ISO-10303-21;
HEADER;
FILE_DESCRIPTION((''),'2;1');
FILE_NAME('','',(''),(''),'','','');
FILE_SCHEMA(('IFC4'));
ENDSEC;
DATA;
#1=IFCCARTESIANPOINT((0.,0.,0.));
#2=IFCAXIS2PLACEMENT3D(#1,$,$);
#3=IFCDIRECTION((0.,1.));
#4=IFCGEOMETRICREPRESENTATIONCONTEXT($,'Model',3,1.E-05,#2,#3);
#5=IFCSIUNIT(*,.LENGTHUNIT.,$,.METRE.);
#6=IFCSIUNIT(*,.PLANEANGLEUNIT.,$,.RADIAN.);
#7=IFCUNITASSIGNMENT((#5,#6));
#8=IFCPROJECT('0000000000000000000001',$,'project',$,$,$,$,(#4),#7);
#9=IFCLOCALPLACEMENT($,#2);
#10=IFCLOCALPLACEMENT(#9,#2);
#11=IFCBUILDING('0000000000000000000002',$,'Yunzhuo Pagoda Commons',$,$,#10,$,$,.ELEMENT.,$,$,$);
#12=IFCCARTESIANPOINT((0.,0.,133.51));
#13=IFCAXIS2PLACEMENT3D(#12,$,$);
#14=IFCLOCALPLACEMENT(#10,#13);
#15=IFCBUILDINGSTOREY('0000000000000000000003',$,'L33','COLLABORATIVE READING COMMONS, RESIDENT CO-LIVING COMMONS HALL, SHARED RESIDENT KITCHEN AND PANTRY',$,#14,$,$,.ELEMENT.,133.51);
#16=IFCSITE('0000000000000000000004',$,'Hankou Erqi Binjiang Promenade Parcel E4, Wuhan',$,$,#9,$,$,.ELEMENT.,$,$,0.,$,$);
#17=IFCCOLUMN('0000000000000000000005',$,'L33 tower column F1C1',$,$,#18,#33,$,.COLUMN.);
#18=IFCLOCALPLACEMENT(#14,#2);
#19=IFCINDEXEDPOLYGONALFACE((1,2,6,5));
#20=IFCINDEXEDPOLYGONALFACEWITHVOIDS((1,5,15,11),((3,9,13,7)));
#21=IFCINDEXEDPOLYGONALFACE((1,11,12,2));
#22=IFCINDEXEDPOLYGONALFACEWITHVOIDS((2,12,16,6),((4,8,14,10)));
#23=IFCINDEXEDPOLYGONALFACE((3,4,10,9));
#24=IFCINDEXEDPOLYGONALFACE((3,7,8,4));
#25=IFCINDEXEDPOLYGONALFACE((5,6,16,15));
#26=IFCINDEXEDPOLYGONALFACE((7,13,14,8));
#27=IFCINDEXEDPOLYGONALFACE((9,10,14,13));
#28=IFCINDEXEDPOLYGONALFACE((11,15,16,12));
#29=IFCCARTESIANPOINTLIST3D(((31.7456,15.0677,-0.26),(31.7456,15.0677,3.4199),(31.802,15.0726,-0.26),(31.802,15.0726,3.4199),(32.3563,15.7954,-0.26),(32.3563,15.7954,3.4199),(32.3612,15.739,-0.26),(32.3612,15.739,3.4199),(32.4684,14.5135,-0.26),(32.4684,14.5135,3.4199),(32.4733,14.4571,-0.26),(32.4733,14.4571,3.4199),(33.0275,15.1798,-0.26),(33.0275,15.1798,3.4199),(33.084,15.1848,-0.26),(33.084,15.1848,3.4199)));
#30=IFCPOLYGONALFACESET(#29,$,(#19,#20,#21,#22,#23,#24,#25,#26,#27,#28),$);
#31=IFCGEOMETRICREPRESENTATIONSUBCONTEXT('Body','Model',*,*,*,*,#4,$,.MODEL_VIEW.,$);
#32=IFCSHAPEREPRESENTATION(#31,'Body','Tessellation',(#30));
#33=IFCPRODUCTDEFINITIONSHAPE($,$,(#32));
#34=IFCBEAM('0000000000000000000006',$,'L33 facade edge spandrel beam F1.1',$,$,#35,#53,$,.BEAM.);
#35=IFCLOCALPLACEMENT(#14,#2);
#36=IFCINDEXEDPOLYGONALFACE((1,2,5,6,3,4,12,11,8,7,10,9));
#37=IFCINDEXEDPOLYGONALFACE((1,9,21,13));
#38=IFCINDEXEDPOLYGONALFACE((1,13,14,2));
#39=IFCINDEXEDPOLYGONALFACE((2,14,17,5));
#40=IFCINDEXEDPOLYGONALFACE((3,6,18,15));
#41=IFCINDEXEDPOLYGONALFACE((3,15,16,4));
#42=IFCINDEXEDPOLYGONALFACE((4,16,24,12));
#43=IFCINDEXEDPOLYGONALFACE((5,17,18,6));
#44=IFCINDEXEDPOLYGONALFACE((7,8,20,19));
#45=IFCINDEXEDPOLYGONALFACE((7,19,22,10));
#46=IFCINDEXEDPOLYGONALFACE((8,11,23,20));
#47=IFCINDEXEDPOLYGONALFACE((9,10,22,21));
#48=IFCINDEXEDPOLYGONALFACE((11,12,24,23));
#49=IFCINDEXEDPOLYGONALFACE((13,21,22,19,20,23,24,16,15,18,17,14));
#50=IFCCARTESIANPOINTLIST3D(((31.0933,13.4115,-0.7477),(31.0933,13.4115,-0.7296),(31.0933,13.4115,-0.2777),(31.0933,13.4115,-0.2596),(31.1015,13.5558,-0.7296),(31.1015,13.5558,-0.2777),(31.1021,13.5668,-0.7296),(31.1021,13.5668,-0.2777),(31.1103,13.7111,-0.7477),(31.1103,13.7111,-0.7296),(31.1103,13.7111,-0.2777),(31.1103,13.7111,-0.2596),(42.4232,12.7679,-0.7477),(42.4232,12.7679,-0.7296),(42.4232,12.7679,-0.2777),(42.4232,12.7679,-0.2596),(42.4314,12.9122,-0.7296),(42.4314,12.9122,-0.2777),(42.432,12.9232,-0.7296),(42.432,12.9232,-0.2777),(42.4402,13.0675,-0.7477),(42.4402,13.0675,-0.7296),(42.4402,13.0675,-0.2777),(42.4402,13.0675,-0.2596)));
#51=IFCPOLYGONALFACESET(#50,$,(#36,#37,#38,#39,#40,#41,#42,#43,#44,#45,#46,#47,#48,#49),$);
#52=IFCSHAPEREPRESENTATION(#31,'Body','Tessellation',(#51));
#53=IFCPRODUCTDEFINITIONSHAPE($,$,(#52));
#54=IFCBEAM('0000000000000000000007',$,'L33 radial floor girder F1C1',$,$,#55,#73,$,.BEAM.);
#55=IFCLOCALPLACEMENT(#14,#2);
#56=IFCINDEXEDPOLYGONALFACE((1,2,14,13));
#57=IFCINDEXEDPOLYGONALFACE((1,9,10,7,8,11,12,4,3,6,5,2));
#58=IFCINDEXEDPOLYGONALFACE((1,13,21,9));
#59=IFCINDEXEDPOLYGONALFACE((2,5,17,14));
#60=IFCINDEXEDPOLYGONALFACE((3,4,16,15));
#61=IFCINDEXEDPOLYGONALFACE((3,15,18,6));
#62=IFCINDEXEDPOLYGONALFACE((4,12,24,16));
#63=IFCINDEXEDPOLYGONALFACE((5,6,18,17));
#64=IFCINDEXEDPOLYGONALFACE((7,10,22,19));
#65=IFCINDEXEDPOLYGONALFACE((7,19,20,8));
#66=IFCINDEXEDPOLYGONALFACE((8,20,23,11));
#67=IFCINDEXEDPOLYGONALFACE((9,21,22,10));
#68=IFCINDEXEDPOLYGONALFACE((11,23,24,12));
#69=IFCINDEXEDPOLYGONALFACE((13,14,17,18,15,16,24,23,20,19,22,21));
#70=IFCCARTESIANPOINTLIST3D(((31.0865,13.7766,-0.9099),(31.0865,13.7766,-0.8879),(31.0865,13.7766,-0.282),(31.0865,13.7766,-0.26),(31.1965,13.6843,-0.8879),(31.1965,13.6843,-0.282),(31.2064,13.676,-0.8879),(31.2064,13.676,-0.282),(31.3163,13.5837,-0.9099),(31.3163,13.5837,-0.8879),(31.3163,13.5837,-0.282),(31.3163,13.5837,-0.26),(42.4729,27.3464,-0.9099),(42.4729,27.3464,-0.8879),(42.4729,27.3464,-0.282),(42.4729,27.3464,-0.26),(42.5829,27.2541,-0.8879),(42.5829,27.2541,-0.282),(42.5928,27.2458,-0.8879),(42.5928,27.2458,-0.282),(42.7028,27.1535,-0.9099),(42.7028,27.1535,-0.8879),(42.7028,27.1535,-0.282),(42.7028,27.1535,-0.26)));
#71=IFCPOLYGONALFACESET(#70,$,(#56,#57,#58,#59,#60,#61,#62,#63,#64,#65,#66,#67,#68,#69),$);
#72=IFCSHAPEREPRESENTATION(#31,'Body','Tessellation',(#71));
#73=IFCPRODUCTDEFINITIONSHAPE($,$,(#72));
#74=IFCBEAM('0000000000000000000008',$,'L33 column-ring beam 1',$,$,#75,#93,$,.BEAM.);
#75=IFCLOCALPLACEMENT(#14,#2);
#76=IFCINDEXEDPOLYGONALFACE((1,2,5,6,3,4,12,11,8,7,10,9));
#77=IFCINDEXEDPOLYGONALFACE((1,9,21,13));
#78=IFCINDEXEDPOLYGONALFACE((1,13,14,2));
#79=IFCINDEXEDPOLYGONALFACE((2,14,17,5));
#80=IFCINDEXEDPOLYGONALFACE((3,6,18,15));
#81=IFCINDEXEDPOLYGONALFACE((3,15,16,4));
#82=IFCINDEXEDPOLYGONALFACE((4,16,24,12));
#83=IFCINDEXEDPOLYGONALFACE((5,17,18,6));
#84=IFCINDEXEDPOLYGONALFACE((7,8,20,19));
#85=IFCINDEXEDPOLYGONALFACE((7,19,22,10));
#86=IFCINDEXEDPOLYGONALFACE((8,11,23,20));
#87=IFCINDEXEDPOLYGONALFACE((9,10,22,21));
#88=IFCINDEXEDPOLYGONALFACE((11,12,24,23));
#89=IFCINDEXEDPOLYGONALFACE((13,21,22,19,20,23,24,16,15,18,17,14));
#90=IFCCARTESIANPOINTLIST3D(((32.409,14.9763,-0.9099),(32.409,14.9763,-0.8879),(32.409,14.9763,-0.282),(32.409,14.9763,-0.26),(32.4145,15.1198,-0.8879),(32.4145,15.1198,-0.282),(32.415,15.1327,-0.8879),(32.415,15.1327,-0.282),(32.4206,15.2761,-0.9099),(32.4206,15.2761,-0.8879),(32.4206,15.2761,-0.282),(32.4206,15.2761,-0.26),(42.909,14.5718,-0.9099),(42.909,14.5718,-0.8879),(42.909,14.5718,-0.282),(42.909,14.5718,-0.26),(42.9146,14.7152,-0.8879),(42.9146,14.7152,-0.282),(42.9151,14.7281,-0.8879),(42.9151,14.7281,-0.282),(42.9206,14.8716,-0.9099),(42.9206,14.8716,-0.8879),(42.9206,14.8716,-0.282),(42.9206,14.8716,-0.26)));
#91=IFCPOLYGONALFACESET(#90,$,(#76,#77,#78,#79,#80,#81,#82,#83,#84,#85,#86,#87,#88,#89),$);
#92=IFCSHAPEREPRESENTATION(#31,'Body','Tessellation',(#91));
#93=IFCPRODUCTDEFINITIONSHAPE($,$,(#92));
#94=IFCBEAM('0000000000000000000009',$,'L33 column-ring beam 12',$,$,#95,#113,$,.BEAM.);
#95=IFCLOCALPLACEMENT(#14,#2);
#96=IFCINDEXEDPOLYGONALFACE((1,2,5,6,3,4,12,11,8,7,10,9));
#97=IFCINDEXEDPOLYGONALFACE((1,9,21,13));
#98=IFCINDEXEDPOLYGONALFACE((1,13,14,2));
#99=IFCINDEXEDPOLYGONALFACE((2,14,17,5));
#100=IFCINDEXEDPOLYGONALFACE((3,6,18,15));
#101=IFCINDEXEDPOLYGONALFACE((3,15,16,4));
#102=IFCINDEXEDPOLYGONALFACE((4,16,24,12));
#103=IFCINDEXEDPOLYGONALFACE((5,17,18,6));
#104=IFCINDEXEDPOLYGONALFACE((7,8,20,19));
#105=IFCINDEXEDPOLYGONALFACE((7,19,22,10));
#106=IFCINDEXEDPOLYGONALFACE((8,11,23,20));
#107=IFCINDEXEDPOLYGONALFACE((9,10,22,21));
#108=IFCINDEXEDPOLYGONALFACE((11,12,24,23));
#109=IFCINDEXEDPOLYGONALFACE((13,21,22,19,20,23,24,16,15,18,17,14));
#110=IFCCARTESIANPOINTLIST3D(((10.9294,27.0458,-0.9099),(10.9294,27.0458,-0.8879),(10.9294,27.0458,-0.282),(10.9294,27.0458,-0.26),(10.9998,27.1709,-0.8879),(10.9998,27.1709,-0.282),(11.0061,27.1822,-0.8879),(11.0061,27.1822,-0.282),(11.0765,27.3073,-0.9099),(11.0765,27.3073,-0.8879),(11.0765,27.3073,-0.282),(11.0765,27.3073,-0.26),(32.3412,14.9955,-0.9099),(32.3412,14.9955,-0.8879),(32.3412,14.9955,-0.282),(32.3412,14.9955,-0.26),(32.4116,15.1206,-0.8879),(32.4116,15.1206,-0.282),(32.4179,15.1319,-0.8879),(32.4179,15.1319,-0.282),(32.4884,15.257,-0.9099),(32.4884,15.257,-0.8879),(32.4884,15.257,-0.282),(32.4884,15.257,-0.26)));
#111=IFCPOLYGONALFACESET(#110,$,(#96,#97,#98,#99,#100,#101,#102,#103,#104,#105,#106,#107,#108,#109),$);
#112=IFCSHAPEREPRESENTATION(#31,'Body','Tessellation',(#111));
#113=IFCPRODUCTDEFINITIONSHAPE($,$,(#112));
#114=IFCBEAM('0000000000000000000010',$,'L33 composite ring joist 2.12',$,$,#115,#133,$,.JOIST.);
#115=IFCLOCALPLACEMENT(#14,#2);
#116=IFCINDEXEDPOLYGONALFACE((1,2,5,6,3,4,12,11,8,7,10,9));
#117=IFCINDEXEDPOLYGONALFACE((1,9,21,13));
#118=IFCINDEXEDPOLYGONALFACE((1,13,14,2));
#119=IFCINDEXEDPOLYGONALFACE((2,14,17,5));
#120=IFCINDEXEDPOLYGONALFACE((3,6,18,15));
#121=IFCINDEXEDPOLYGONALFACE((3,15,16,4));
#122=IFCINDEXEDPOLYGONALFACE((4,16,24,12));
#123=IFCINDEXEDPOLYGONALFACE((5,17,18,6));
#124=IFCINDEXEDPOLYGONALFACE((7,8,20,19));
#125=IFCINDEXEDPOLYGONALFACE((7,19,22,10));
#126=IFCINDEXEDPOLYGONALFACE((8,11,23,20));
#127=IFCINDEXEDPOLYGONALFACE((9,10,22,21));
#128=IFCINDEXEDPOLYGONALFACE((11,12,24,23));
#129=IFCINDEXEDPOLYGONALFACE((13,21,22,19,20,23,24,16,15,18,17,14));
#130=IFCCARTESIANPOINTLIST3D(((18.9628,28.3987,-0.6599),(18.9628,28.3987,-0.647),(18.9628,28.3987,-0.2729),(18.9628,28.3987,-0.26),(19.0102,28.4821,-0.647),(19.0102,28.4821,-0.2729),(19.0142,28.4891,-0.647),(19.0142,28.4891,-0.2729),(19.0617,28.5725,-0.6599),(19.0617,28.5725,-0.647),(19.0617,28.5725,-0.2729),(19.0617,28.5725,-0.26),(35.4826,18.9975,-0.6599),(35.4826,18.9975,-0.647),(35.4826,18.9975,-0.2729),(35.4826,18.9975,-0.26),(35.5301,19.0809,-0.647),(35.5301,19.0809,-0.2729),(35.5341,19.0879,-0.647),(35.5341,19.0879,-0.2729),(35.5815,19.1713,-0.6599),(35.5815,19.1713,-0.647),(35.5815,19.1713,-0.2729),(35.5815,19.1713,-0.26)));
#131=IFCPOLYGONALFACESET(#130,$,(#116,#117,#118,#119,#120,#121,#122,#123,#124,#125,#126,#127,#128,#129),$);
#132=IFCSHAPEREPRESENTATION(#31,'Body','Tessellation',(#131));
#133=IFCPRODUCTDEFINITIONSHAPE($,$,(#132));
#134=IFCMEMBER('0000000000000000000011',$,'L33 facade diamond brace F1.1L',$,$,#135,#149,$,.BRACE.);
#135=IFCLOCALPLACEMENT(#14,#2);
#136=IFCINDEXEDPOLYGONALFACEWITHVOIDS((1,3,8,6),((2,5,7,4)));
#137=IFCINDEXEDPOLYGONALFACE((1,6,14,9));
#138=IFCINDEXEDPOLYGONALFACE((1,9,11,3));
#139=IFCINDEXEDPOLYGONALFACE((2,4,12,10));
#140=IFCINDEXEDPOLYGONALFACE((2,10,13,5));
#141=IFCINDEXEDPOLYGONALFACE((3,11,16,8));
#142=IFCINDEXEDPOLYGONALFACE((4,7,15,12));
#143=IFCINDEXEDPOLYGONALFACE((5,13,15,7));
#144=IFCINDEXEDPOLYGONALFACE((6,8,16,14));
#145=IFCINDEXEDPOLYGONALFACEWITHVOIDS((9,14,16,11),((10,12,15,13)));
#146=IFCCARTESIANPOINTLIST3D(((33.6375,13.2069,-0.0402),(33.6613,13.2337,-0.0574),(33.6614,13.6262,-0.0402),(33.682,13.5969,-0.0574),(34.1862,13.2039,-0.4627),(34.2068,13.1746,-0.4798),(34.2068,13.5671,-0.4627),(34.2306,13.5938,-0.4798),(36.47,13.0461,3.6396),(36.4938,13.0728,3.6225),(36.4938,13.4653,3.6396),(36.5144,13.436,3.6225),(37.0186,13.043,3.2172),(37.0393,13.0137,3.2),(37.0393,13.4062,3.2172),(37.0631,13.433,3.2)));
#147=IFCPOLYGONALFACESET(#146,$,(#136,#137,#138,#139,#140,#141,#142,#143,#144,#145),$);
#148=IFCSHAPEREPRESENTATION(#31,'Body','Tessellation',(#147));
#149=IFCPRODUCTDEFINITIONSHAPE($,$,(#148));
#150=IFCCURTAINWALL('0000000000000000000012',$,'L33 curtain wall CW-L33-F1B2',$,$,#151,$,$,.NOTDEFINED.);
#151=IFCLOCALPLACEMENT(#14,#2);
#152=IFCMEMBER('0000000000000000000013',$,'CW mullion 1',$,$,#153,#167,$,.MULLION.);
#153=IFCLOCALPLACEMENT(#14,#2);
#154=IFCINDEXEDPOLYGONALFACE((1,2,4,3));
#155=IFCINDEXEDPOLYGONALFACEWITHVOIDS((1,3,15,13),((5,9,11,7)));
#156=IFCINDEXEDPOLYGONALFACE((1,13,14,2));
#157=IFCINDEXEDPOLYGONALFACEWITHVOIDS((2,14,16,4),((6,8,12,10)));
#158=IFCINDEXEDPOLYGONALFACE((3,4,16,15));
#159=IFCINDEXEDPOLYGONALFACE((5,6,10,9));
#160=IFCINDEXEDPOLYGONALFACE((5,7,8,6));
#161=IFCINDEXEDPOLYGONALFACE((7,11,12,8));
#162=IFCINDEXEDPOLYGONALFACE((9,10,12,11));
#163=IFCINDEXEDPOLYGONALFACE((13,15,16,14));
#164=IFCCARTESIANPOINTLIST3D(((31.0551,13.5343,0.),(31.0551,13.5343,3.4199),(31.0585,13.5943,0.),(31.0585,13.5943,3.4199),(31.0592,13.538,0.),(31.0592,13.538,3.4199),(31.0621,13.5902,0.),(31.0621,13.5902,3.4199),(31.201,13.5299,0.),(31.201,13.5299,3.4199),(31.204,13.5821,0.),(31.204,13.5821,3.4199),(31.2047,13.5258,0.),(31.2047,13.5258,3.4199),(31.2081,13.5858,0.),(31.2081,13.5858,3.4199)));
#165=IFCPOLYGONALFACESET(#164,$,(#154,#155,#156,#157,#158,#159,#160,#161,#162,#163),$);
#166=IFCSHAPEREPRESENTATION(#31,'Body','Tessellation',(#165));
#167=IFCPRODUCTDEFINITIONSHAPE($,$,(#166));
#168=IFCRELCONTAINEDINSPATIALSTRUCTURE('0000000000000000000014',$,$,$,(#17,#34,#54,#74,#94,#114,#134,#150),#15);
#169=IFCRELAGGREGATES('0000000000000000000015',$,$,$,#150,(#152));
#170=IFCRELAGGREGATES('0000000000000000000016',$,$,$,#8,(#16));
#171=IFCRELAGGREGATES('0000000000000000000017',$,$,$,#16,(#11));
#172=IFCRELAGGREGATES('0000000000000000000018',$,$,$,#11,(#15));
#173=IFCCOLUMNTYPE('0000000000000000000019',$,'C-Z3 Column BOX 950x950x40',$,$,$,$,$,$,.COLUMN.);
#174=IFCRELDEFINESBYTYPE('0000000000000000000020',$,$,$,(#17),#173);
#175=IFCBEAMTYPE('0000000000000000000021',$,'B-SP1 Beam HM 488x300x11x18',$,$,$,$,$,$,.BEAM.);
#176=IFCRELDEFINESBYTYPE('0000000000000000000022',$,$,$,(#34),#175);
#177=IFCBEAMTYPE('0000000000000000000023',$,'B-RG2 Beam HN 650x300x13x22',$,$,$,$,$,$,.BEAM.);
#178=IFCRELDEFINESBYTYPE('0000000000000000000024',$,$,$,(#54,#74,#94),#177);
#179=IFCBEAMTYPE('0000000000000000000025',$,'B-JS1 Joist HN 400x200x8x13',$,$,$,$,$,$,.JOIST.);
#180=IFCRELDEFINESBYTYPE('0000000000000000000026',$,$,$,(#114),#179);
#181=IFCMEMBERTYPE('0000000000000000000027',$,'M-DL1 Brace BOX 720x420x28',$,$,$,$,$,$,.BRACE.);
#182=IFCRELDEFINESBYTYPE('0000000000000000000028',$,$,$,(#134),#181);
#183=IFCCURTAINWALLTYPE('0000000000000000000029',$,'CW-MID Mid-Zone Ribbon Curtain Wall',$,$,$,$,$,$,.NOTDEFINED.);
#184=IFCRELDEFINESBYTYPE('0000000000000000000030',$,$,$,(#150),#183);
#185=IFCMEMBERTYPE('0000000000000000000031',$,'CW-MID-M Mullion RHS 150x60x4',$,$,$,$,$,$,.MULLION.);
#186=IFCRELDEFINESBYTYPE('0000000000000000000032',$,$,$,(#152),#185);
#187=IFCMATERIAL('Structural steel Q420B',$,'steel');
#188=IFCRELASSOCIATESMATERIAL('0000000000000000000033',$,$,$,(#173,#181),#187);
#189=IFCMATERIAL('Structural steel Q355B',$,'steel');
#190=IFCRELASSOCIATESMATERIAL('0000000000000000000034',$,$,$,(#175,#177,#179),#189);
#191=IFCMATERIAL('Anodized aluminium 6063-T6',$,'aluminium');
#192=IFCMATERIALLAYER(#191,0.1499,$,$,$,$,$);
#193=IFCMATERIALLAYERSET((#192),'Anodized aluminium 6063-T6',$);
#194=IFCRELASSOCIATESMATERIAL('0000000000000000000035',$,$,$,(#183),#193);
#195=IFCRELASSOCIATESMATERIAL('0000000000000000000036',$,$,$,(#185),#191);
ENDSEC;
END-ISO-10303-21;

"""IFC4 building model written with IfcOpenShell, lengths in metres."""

from ifc_helpers import new_model, si_unit, direction, frame, origin, origin_2d, place, context, subcontext, project, spatial, hollow_rectangle, i_section, extrude, source, transform, mapped, material, layer, layer_set, material_profile, profile_set, type_object, element, aggregate, save


model = new_model("IFC4")

# Units and contexts
model_context = context("Model", 3, precision=1e-05, world=origin(), true_north=direction((0.0, 1.0)))
body_context = subcontext(model_context, "Body", "Model", "MODEL_VIEW")
ifc_project = project(units=[si_unit("LENGTHUNIT", "METRE"), si_unit("PLANEANGLEUNIT", "RADIAN")], contexts=[model_context])

# Site, building, storey
site_placement = place(None, origin())
site = spatial("IfcSite", under=ifc_project, at=site_placement, Name="Hankou Erqi Binjiang Promenade Parcel E4, Wuhan", CompositionType="ELEMENT", RefElevation=0.0)
building_placement = place(site_placement, origin())
building = spatial("IfcBuilding", under=site, at=building_placement, Name="Yunzhuo Pagoda Commons", CompositionType="ELEMENT")
storey_placement = place(building_placement, frame((0.0, 0.0, 133.51)))
storey = spatial("IfcBuildingStorey", under=building, at=storey_placement, Name="L33", Description="COLLABORATIVE READING COMMONS, RESIDENT CO-LIVING COMMONS HALL, SHARED RESIDENT KITCHEN AND PANTRY", CompositionType="ELEMENT", Elevation=133.51)

# Column
ifc_material_1 = material(Name="Structural steel Q420B", Category="steel")
ifc_material_profile_1 = material_profile(ifc_material_1, hollow_rectangle(XDim=0.95, YDim=0.95, WallThickness=0.04, at=origin_2d()), Name="Structural steel Q420B")
ifc_profile_set_1 = profile_set([ifc_material_profile_1], Name="Structural steel Q420B")
column_type = type_object("IfcColumnType", Name="C-Z3 Column BOX 950x950x40", PredefinedType="COLUMN", material=ifc_profile_set_1)
shared_shape_1 = source(origin(), body_context, "Body", "SweptSolid", [
    extrude(hollow_rectangle(XDim=0.95, YDim=0.95, WallThickness=0.04, at=origin_2d()), origin(), (0.0, 0.0, 1.0), 3.6799),
])
column_placement = place(storey_placement, frame((32.4148, 15.1262, -0.26), z_axis=(0.0, 0.0, 1.0), x_axis=(0.766044, -0.642788, 0.0)))
element("IfcColumn", 1, at=column_placement, inside=storey, type_object=column_type, Name="L33 tower column F1C1", PredefinedType="COLUMN", context=body_context, shape_type="MappedRepresentation", body=[
    mapped(shared_shape_1, transform((0.0, 0.0, 0.0), scale=1.0)),
])

# Beams
ifc_material_2 = material(Name="Structural steel Q355B", Category="steel")
ifc_material_profile_2 = material_profile(ifc_material_2, i_section(OverallWidth=0.3, OverallDepth=0.488, WebThickness=0.011, FlangeThickness=0.0181, at=origin_2d()), Name="Structural steel Q355B")
ifc_profile_set_2 = profile_set([ifc_material_profile_2], Name="Structural steel Q355B")
beam_type_1 = type_object("IfcBeamType", Name="B-SP1 Beam HM 488x300x11x18", PredefinedType="BEAM", material=ifc_profile_set_2)
shared_shape_2 = source(origin(), body_context, "Body", "SweptSolid", [
    extrude(i_section(OverallWidth=0.3, OverallDepth=0.488, WebThickness=0.011, FlangeThickness=0.0181, at=origin_2d()), origin(), (0.0, 0.0, 1.0), 11.3481),
])
beam_1_placement = place(storey_placement, frame((31.1018, 13.5613, -0.5037), z_axis=(0.998391, -0.05671, 0.0), x_axis=(0.05671, 0.998391, 0.0)))
element("IfcBeam", 2, at=beam_1_placement, inside=storey, type_object=beam_type_1, Name="L33 facade edge spandrel beam F1.1", PredefinedType="BEAM", context=body_context, shape_type="MappedRepresentation", body=[
    mapped(shared_shape_2, transform((0.0, 0.0, 0.0), scale=1.0)),
])
ifc_material_profile_3 = material_profile(ifc_material_2, i_section(OverallWidth=0.3, OverallDepth=0.6499, WebThickness=0.0129, FlangeThickness=0.022, at=origin_2d()), Name="Structural steel Q355B")
ifc_profile_set_3 = profile_set([ifc_material_profile_3], Name="Structural steel Q355B")
beam_type_2 = type_object("IfcBeamType", Name="B-RG2 Beam HN 650x300x13x22", PredefinedType="BEAM", material=ifc_profile_set_3)
shared_shape_3 = source(origin(), body_context, "Body", "SweptSolid", [
    extrude(i_section(OverallWidth=0.3, OverallDepth=0.6499, WebThickness=0.0129, FlangeThickness=0.022, at=origin_2d()), origin(), (0.0, 0.0, 1.0), 17.7141),
])
beam_2_placement = place(storey_placement, frame((31.2014, 13.6802, -0.585), z_axis=(0.642789, 0.766043, 0.0), x_axis=(-0.766043, 0.642789, 0.0)))
element("IfcBeam", 3, at=beam_2_placement, inside=storey, type_object=beam_type_2, Name="L33 radial floor girder F1C1", PredefinedType="BEAM", context=body_context, shape_type="MappedRepresentation", body=[
    mapped(shared_shape_3, transform((0.0, 0.0, 0.0), scale=1.0)),
])
shared_shape_4 = source(origin(), body_context, "Body", "SweptSolid", [
    extrude(i_section(OverallWidth=0.3, OverallDepth=0.6499, WebThickness=0.0129, FlangeThickness=0.022, at=origin_2d()), origin(), (0.0, 0.0, 1.0), 10.5078),
])
beam_3_placement = place(storey_placement, frame((32.4148, 15.1262, -0.585), z_axis=(0.999259, -0.038499, 0.0), x_axis=(0.038499, 0.999259, 0.0)))
element("IfcBeam", 4, at=beam_3_placement, inside=storey, type_object=beam_type_2, Name="L33 column-ring beam 1", PredefinedType="BEAM", context=body_context, shape_type="MappedRepresentation", body=[
    mapped(shared_shape_4, transform((0.0, 0.0, 0.0), scale=1.0)),
])
shared_shape_5 = source(origin(), body_context, "Body", "SweptSolid", [
    extrude(i_section(OverallWidth=0.3, OverallDepth=0.6499, WebThickness=0.0129, FlangeThickness=0.022, at=origin_2d()), origin(), (0.0, 0.0, 1.0), 24.5698),
])
beam_4_placement = place(storey_placement, frame((11.0029, 27.1765, -0.585), z_axis=(0.871469, -0.49045, 0.0), x_axis=(0.49045, 0.871469, 0.0)))
element("IfcBeam", 5, at=beam_4_placement, inside=storey, type_object=beam_type_2, Name="L33 column-ring beam 12", PredefinedType="BEAM", context=body_context, shape_type="MappedRepresentation", body=[
    mapped(shared_shape_5, transform((0.0, 0.0, 0.0), scale=1.0)),
])
ifc_material_profile_4 = material_profile(ifc_material_2, i_section(OverallWidth=0.2, OverallDepth=0.3999, WebThickness=0.0081, FlangeThickness=0.0129, at=origin_2d()), Name="Structural steel Q355B")
ifc_profile_set_4 = profile_set([ifc_material_profile_4], Name="Structural steel Q355B")
beam_type_3 = type_object("IfcBeamType", Name="B-JS1 Joist HN 400x200x8x13", PredefinedType="JOIST", material=ifc_profile_set_4)
shared_shape_6 = source(origin(), body_context, "Body", "SweptSolid", [
    extrude(i_section(OverallWidth=0.2, OverallDepth=0.3999, WebThickness=0.0081, FlangeThickness=0.0129, at=origin_2d()), origin(), (0.0, 0.0, 1.0), 19.0076),
])
beam_5_placement = place(storey_placement, frame((19.0122, 28.4856, -0.46), z_axis=(0.86912, -0.494601, 0.0), x_axis=(0.494601, 0.86912, 0.0)))
element("IfcBeam", 6, at=beam_5_placement, inside=storey, type_object=beam_type_3, Name="L33 composite ring joist 2.12", PredefinedType="JOIST", context=body_context, shape_type="MappedRepresentation", body=[
    mapped(shared_shape_6, transform((0.0, 0.0, 0.0), scale=1.0)),
])

# Member
ifc_material_profile_5 = material_profile(ifc_material_1, hollow_rectangle(XDim=0.4199, YDim=0.72, WallThickness=0.0281, at=origin_2d()), Name="Structural steel Q420B")
ifc_profile_set_5 = profile_set([ifc_material_profile_5], Name="Structural steel Q420B")
member_type_1 = type_object("IfcMemberType", Name="M-DL1 Brace BOX 720x420x28", PredefinedType="BRACE", material=ifc_profile_set_5)
shared_shape_7 = source(origin(), body_context, "Body", "SweptSolid", [
    extrude(hollow_rectangle(XDim=0.4199, YDim=0.72, WallThickness=0.0281, at=origin_2d()), origin(), (0.0, 0.0, 1.0), 4.6465),
])
member_1_placement = place(storey_placement, frame((33.9341, 13.4004, -0.26), z_axis=(0.609589, -0.034625, 0.791961), x_axis=(0.056709, 0.998391, 0.0)))
element("IfcMember", 7, at=member_1_placement, inside=storey, type_object=member_type_1, Name="L33 facade diamond brace F1.1L", PredefinedType="BRACE", context=body_context, shape_type="MappedRepresentation", body=[
    mapped(shared_shape_7, transform((0.0, 0.0, 0.0), scale=1.0)),
])

# Curtain wall, member
ifc_material_3 = material(Name="Anodized aluminium 6063-T6", Category="aluminium")
ifc_layer_1 = layer(ifc_material_3, 0.1499)
ifc_layer_set_1 = layer_set([ifc_layer_1], Name="Anodized aluminium 6063-T6")
curtain_wall_type_1 = type_object("IfcCurtainWallType", Name="CW-MID Mid-Zone Ribbon Curtain Wall", PredefinedType="NOTDEFINED", material=ifc_layer_set_1)
curtain_wall_1_placement = place(storey_placement, origin())
curtain_wall_1 = element("IfcCurtainWall", 8, at=curtain_wall_1_placement, inside=storey, type_object=curtain_wall_type_1, Name="L33 curtain wall CW-L33-F1B2", PredefinedType="NOTDEFINED")
ifc_material_profile_6 = material_profile(ifc_material_3, hollow_rectangle(XDim=0.0601, YDim=0.1499, WallThickness=0.0039, at=origin_2d()), Name="Anodized aluminium 6063-T6")
ifc_profile_set_6 = profile_set([ifc_material_profile_6], Name="Anodized aluminium 6063-T6")
member_type_2 = type_object("IfcMemberType", Name="CW-MID-M Mullion RHS 150x60x4", PredefinedType="MULLION", material=ifc_profile_set_6)
shared_shape_8 = source(origin(), body_context, "Body", "SweptSolid", [
    extrude(hollow_rectangle(XDim=0.0601, YDim=0.1499, WallThickness=0.0039, at=origin_2d()), origin(), (0.0, 0.0, 1.0), 3.4199),
])
member_2_placement = place(storey_placement, frame((31.1316, 13.5601, 0.0), z_axis=(0.0, 0.0, 1.0), x_axis=(0.056742, 0.998389, 0.0)))
member_2 = element("IfcMember", 9, at=member_2_placement, type_object=member_type_2, Name="CW mullion 1", PredefinedType="MULLION", context=body_context, shape_type="MappedRepresentation", body=[
    mapped(shared_shape_8, transform((0.0, 0.0, 0.0), scale=1.0)),
])

aggregate(curtain_wall_1, [member_2])

save(model, "model.ifc")
